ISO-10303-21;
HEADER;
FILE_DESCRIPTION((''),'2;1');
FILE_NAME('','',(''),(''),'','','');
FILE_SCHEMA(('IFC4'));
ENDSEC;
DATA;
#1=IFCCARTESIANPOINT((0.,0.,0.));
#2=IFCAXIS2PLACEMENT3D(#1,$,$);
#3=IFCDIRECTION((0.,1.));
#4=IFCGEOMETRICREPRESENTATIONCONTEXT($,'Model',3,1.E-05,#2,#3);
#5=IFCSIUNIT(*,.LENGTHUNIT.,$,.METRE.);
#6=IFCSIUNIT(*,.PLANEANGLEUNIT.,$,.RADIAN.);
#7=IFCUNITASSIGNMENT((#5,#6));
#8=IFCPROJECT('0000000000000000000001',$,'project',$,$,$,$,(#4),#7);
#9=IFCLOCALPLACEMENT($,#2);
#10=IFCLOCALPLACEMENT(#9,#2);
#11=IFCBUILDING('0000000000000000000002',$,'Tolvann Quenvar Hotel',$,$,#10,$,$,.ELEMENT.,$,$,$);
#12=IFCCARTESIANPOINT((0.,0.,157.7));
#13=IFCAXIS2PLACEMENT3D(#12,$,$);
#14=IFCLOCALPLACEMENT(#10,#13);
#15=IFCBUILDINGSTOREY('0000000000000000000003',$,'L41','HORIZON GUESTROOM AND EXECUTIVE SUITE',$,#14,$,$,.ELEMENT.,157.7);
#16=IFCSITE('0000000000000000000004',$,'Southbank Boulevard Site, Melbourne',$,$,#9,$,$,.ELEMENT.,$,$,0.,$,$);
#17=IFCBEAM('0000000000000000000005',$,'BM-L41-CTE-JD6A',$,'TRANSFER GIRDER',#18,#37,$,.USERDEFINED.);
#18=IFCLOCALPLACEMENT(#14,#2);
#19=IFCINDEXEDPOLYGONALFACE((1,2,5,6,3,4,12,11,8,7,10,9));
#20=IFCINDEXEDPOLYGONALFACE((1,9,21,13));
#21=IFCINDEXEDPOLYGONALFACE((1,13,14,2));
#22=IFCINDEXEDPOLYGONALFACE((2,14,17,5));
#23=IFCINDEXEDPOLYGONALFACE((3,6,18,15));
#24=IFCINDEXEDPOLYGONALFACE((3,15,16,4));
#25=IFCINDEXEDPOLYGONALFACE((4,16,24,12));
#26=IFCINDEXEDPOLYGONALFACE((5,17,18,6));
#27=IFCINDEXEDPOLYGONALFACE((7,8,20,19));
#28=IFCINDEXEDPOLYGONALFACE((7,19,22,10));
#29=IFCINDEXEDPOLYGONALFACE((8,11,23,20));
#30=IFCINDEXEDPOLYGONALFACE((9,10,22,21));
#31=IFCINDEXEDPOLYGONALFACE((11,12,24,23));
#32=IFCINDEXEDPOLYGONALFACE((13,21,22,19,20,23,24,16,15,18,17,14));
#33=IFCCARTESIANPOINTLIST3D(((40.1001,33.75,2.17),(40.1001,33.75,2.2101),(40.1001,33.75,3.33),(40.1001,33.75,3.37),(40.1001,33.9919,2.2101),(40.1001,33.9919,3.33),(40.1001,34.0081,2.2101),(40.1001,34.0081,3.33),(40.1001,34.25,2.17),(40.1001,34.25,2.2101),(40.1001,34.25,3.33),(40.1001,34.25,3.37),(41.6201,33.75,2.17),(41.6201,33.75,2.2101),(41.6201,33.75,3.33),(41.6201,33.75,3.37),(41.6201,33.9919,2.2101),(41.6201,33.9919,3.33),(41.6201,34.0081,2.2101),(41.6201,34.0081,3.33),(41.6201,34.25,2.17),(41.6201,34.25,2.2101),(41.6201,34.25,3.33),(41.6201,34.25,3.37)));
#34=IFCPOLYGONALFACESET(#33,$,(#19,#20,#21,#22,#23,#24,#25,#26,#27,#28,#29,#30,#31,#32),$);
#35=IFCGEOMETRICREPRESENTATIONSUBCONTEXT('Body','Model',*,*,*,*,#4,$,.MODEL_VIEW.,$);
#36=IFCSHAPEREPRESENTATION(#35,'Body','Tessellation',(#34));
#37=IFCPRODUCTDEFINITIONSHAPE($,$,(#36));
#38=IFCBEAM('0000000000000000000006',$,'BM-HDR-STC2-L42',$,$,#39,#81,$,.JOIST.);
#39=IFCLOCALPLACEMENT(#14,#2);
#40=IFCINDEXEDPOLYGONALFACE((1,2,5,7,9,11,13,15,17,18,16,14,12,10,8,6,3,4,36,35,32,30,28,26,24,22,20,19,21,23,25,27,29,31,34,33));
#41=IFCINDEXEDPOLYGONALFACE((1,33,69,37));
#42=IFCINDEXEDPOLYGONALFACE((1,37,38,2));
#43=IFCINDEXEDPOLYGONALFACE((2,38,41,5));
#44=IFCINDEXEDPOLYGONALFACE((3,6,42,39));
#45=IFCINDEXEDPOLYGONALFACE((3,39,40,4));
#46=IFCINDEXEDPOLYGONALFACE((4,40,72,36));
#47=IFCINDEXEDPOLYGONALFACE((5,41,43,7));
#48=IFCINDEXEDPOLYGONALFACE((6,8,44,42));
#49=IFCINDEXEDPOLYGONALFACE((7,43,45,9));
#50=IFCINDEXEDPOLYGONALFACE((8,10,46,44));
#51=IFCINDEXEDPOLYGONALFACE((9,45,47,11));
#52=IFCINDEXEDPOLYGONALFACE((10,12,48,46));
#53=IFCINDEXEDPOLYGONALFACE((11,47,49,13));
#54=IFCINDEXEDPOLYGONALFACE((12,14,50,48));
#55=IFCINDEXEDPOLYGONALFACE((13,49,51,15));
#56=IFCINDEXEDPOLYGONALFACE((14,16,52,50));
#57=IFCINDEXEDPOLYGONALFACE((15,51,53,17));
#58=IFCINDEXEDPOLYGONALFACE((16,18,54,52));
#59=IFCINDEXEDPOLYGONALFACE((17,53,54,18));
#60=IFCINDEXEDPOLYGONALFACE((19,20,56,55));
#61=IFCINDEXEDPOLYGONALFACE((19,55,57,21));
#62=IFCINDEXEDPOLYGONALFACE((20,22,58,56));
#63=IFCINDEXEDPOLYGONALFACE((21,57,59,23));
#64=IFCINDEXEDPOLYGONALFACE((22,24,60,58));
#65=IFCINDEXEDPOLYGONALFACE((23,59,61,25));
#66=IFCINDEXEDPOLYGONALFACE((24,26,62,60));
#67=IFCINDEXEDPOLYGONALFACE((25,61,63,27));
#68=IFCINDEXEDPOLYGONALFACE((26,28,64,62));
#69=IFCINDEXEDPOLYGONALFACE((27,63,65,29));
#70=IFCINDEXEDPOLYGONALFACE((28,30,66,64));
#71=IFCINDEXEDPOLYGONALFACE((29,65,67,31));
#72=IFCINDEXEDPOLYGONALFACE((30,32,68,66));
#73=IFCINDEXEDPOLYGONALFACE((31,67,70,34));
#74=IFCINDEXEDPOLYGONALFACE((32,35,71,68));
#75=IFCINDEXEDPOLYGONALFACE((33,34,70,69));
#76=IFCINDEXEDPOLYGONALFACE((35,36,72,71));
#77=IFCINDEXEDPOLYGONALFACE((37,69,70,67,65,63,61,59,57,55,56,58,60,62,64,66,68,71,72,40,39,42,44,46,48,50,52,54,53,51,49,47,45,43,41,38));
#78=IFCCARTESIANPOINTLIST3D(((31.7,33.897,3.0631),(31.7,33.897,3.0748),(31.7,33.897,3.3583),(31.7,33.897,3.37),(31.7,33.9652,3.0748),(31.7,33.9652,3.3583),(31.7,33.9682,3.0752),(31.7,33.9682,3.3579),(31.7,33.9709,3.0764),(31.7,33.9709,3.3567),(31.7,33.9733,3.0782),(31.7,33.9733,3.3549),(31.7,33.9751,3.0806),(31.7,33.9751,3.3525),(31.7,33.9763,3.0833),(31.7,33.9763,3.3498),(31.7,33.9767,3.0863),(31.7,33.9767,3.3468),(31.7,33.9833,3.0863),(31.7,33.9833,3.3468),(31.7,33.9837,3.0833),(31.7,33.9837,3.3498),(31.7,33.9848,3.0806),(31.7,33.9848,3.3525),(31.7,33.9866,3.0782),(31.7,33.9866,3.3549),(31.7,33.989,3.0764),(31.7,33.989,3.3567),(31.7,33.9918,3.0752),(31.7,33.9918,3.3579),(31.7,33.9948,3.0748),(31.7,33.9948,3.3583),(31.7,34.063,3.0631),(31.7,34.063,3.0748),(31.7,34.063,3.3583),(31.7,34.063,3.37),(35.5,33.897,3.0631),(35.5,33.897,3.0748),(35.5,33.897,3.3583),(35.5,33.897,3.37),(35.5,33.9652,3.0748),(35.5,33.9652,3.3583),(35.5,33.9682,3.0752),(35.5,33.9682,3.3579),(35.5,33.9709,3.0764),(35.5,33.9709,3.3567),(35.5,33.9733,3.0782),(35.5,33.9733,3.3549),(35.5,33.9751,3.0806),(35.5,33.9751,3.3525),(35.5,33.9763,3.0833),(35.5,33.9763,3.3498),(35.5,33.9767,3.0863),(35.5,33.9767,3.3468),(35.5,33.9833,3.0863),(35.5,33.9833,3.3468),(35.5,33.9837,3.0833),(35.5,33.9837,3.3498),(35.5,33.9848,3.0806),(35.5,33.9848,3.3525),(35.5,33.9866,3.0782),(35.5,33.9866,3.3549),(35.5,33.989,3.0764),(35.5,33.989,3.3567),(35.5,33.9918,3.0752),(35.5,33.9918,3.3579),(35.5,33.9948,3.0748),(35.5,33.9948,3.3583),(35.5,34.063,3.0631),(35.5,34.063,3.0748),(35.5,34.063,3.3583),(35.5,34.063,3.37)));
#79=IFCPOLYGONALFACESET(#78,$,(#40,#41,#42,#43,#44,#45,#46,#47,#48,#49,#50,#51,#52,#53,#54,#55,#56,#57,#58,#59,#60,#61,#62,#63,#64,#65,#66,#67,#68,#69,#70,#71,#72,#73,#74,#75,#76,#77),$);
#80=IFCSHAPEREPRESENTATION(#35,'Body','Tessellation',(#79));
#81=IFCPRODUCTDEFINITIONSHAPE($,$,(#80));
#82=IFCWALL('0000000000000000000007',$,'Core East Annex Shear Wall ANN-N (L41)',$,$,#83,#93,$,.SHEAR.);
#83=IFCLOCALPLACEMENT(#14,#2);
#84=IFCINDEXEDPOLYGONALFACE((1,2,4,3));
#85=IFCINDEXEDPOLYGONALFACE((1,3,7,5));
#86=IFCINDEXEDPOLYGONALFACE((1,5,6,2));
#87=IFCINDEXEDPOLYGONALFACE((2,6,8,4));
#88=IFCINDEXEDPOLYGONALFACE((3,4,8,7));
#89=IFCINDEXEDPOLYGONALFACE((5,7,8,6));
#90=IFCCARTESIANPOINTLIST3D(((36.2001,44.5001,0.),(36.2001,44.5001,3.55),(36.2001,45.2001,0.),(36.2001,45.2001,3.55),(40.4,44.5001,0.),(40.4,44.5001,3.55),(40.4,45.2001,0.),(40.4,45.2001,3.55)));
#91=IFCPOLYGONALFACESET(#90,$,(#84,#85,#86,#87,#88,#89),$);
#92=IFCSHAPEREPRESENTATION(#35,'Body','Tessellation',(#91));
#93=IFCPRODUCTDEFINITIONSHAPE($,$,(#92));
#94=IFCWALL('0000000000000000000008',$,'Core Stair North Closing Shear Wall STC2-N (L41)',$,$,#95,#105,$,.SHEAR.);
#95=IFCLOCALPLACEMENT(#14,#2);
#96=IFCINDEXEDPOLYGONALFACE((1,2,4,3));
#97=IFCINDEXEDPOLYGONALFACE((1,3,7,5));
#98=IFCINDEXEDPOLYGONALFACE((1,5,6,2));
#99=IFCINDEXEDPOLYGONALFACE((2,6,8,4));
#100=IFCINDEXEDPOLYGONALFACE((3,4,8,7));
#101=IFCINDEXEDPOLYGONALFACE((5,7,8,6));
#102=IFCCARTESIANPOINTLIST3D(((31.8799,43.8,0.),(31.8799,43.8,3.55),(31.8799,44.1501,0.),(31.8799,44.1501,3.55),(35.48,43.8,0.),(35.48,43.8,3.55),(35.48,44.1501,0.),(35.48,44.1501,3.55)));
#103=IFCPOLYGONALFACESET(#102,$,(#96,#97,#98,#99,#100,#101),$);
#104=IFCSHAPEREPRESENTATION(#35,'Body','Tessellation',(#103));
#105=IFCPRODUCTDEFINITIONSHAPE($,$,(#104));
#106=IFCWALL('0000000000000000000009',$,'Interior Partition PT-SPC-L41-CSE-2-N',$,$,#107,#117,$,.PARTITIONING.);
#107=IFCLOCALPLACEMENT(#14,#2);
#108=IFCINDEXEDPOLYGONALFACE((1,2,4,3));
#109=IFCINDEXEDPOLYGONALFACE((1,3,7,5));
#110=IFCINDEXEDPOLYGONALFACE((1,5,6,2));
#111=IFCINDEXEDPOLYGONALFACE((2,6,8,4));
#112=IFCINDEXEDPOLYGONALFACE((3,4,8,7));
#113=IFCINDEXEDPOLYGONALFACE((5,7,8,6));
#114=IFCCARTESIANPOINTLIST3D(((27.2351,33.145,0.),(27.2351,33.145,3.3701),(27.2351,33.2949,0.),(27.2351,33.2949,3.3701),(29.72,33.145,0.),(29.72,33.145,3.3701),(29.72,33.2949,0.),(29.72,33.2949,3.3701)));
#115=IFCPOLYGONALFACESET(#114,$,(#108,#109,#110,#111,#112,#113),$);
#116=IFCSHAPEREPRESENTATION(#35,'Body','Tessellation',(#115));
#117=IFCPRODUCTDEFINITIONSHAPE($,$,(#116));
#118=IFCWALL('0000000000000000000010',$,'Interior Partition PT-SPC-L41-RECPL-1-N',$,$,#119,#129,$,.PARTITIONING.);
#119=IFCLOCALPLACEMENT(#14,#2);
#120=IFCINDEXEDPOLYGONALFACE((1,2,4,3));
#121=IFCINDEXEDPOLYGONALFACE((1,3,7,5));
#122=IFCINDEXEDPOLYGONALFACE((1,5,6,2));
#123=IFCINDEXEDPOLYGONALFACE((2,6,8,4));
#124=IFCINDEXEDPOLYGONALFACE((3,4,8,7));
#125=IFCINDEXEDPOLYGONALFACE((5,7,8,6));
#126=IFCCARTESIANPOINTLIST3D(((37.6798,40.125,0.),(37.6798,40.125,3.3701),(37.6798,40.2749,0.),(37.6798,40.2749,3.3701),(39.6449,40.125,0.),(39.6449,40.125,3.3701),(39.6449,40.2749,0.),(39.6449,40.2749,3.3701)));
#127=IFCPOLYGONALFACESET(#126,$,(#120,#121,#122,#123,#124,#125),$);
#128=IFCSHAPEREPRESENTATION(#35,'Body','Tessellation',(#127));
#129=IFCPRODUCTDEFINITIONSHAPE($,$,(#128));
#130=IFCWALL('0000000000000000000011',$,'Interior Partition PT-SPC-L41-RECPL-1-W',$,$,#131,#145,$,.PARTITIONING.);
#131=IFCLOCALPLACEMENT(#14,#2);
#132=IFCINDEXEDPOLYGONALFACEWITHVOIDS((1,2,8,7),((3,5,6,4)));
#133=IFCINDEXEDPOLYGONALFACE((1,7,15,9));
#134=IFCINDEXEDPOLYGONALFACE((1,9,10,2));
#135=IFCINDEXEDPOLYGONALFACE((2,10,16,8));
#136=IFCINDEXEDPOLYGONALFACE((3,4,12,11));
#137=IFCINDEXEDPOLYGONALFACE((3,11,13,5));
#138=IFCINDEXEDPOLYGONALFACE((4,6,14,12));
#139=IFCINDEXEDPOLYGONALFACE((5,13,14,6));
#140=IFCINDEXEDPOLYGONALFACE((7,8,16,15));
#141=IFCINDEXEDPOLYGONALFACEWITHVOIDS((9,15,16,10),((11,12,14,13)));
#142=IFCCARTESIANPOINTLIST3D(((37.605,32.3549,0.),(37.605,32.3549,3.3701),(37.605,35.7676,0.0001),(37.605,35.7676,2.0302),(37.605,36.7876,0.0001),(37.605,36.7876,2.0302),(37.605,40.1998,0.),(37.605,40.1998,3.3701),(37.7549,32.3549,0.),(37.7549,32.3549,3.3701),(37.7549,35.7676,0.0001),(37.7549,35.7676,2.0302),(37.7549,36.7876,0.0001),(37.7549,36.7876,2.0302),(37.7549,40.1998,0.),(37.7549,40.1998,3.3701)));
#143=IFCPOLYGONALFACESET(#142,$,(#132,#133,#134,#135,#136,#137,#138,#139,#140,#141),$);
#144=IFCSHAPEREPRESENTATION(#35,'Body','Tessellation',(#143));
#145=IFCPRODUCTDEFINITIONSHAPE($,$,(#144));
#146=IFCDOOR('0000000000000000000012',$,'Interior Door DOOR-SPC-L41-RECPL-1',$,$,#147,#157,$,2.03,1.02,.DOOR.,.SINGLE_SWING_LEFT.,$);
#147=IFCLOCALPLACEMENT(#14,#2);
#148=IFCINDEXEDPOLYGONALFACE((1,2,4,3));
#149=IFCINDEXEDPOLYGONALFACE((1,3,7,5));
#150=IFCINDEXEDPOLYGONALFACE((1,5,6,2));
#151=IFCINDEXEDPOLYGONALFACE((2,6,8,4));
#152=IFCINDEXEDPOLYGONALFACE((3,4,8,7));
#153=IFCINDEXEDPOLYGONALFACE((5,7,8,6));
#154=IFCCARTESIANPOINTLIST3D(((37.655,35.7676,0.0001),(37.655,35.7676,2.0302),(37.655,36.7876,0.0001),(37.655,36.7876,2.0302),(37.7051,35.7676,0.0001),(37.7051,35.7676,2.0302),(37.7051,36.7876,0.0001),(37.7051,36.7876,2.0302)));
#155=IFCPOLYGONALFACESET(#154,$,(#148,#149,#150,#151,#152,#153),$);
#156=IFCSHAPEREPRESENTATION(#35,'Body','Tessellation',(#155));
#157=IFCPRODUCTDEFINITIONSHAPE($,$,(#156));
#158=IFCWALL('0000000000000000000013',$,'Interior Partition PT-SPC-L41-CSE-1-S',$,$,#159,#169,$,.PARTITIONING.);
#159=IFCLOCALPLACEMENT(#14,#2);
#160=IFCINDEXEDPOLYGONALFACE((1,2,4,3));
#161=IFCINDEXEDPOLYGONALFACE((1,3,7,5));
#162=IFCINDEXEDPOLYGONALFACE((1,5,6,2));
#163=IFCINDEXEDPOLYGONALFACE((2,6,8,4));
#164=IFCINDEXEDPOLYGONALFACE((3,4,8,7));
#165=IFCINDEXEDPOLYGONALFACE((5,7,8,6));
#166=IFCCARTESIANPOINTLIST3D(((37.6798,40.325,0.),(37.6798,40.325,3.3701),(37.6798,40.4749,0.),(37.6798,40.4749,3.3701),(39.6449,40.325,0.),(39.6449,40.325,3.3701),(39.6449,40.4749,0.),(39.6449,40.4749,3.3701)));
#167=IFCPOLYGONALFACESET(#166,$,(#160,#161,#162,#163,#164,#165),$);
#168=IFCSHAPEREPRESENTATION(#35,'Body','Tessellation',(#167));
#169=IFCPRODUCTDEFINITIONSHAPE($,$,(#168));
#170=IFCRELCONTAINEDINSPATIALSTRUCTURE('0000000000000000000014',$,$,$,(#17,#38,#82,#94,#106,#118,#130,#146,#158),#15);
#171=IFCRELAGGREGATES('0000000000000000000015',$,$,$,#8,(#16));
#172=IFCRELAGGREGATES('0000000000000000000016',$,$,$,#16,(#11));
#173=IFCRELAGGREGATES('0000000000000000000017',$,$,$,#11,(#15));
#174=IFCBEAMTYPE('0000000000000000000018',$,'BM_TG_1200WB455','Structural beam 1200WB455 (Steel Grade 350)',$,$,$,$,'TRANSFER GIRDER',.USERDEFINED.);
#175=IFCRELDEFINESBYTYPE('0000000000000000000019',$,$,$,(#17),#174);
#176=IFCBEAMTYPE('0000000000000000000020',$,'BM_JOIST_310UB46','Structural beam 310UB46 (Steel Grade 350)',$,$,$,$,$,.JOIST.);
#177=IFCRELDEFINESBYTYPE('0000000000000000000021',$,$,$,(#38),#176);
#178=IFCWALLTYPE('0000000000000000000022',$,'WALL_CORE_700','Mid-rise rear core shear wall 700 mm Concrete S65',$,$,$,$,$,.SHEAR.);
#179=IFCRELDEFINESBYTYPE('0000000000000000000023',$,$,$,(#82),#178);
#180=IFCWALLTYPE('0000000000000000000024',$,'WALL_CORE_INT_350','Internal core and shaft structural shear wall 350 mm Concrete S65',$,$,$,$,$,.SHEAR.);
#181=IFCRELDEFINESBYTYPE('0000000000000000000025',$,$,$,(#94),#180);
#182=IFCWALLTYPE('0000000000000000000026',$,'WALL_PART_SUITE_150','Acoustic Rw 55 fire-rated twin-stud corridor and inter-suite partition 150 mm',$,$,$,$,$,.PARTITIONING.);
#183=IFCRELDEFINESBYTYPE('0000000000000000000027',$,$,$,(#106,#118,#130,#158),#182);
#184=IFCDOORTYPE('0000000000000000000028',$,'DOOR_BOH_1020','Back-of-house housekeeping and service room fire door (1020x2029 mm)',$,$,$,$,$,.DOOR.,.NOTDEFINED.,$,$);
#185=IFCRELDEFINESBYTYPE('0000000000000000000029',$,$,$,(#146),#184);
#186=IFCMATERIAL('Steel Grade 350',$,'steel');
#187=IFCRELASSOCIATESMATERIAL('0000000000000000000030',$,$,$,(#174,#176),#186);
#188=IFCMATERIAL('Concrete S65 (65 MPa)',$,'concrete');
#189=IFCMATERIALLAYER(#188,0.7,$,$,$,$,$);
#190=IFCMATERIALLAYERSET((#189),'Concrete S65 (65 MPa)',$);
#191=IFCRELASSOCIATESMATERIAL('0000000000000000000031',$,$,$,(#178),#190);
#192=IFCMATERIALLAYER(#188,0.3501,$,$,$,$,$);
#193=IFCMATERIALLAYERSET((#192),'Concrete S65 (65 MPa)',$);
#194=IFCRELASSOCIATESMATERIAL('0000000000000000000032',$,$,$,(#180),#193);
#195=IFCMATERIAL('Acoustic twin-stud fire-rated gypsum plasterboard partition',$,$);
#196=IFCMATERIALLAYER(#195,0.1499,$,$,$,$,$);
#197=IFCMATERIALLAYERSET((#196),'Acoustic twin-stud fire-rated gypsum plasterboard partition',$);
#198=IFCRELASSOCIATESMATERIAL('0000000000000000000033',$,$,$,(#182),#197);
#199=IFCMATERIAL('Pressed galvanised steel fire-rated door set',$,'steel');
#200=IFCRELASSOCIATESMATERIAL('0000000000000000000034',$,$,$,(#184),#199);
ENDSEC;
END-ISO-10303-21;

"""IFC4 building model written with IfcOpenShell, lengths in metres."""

from ifc_helpers import new_model, si_unit, direction, frame, frame_2d, origin, origin_2d, place, context, subcontext, project, spatial, rectangle, i_section, extrude, source, transform, mapped, material, layer, layer_set, material_profile, profile_set, type_object, type_shapes, element, fill, save


model = new_model("IFC4")

# Units and contexts
model_context = context("Model", 3, precision=1e-05, world=origin(), true_north=direction((0.0, 1.0)))
body_context = subcontext(model_context, "Body", "Model", "MODEL_VIEW")
ifc_project = project(units=[si_unit("LENGTHUNIT", "METRE"), si_unit("PLANEANGLEUNIT", "RADIAN")], contexts=[model_context])

# Site, building, storey
site_placement = place(None, origin())
site = spatial("IfcSite", under=ifc_project, at=site_placement, Name="Southbank Boulevard Site, Melbourne", CompositionType="ELEMENT", RefElevation=0.0)
building_placement = place(site_placement, origin())
building = spatial("IfcBuilding", under=site, at=building_placement, Name="Tolvann Quenvar Hotel", CompositionType="ELEMENT")
storey_placement = place(building_placement, frame((0.0, 0.0, 157.7)))
storey = spatial("IfcBuildingStorey", under=building, at=storey_placement, Name="L41", Description="HORIZON GUESTROOM AND EXECUTIVE SUITE", CompositionType="ELEMENT", Elevation=157.7)

# Beams
ifc_material_1 = material(Name="Steel Grade 350", Category="steel")
ifc_material_profile_1 = material_profile(ifc_material_1, i_section(OverallWidth=0.5, OverallDepth=1.2, WebThickness=0.0161, FlangeThickness=0.04, at=origin_2d()), Name="1200WB455")
ifc_profile_set_1 = profile_set([ifc_material_profile_1], Name="Steel Grade 350")
beam_type_1 = type_object("IfcBeamType", Name="BM_TG_1200WB455", Description="Structural beam 1200WB455 (Steel Grade 350)", ElementType="TRANSFER GIRDER", PredefinedType="USERDEFINED", material=ifc_profile_set_1)
shared_shape_1 = source(origin(), body_context, "Body", "SweptSolid", [
    extrude(i_section(OverallWidth=0.5, OverallDepth=1.2, WebThickness=0.0161, FlangeThickness=0.04, at=origin_2d()), origin(), (0.0, 0.0, 1.0), 1.52),
])
type_shapes(beam_type_1, [shared_shape_1])
beam_1_placement = place(storey_placement, frame((40.1001, 34.0, 2.77), z_axis=(1.0, 0.0, 0.0), x_axis=(0.0, 1.0, 0.0)))
element("IfcBeam", 1, at=beam_1_placement, inside=storey, type_object=beam_type_1, Name="BM-L41-CTE-JD6A", ObjectType="TRANSFER GIRDER", PredefinedType="USERDEFINED", context=body_context, shape_type="MappedRepresentation", body=[
    mapped(shared_shape_1, transform((0.0, 0.0, 0.0), x_axis=(1.0, 0.0, 0.0), y_axis=(0.0, 1.0, 0.0), z_axis=(0.0, 0.0, 1.0), scale=1.0)),
])
ifc_material_profile_2 = material_profile(ifc_material_1, i_section(OverallWidth=0.166, OverallDepth=0.3069, WebThickness=0.0066, FlangeThickness=0.0117, FilletRadius=0.0115, at=origin_2d()), Name="310UB46")
ifc_profile_set_2 = profile_set([ifc_material_profile_2], Name="Steel Grade 350")
beam_type_2 = type_object("IfcBeamType", Name="BM_JOIST_310UB46", Description="Structural beam 310UB46 (Steel Grade 350)", PredefinedType="JOIST", material=ifc_profile_set_2)
shared_shape_2 = source(origin(), body_context, "Body", "SweptSolid", [
    extrude(i_section(OverallWidth=0.166, OverallDepth=0.3069, WebThickness=0.0066, FlangeThickness=0.0117, FilletRadius=0.0115, at=origin_2d()), origin(), (0.0, 0.0, 1.0), 3.8),
])
type_shapes(beam_type_2, [shared_shape_2])
beam_2_placement = place(storey_placement, frame((31.7, 33.98, 3.2166), z_axis=(1.0, 0.0, 0.0), x_axis=(0.0, 1.0, 0.0)))
element("IfcBeam", 2, at=beam_2_placement, inside=storey, type_object=beam_type_2, Name="BM-HDR-STC2-L42", PredefinedType="JOIST", context=body_context, shape_type="MappedRepresentation", body=[
    mapped(shared_shape_2, transform((0.0, 0.0, 0.0), x_axis=(1.0, 0.0, 0.0), y_axis=(0.0, 1.0, 0.0), z_axis=(0.0, 0.0, 1.0), scale=1.0)),
])

# Walls
ifc_material_2 = material(Name="Concrete S65 (65 MPa)", Category="concrete")
ifc_layer_1 = layer(ifc_material_2, 0.7)
ifc_layer_set_1 = layer_set([ifc_layer_1], Name="Concrete S65 (65 MPa)")
wall_type_1 = type_object("IfcWallType", Name="WALL_CORE_700", Description="Mid-rise rear core shear wall 700 mm Concrete S65", PredefinedType="SHEAR", material=ifc_layer_set_1)
wall_1_placement = place(storey_placement, frame((36.2, 44.8501, 0.0), z_axis=(0.0, 0.0, 1.0), x_axis=(1.0, 0.0, 0.0)))
element("IfcWall", 3, at=wall_1_placement, inside=storey, type_object=wall_type_1, Name="Core East Annex Shear Wall ANN-N (L41)", PredefinedType="SHEAR", context=body_context, shape_type="SweptSolid", body=[
    extrude(rectangle(XDim=4.2, YDim=0.7, at=frame_2d((2.1001, 0.0))), origin(), (0.0, 0.0, 1.0), 3.55),
])
ifc_layer_2 = layer(ifc_material_2, 0.3501)
ifc_layer_set_2 = layer_set([ifc_layer_2], Name="Concrete S65 (65 MPa)")
wall_type_2 = type_object("IfcWallType", Name="WALL_CORE_INT_350", Description="Internal core and shaft structural shear wall 350 mm Concrete S65", PredefinedType="SHEAR", material=ifc_layer_set_2)
wall_2_placement = place(storey_placement, frame((31.8799, 43.9751, 0.0), z_axis=(0.0, 0.0, 1.0), x_axis=(1.0, 0.0, 0.0)))
element("IfcWall", 4, at=wall_2_placement, inside=storey, type_object=wall_type_2, Name="Core Stair North Closing Shear Wall STC2-N (L41)", PredefinedType="SHEAR", context=body_context, shape_type="SweptSolid", body=[
    extrude(rectangle(XDim=3.6001, YDim=0.3501, at=frame_2d((1.8, 0.0))), origin(), (0.0, 0.0, 1.0), 3.55),
])
ifc_material_3 = material(Name="Acoustic twin-stud fire-rated gypsum plasterboard partition")
ifc_layer_3 = layer(ifc_material_3, 0.1499)
ifc_layer_set_3 = layer_set([ifc_layer_3], Name="Acoustic twin-stud fire-rated gypsum plasterboard partition")
wall_type_3 = type_object("IfcWallType", Name="WALL_PART_SUITE_150", Description="Acoustic Rw 55 fire-rated twin-stud corridor and inter-suite partition 150 mm", PredefinedType="PARTITIONING", material=ifc_layer_set_3)
wall_3_placement = place(storey_placement, frame((27.2351, 33.22, 0.0), z_axis=(0.0, 0.0, 1.0), x_axis=(1.0, 0.0, 0.0)))
element("IfcWall", 5, at=wall_3_placement, inside=storey, type_object=wall_type_3, Name="Interior Partition PT-SPC-L41-CSE-2-N", PredefinedType="PARTITIONING", context=body_context, shape_type="SweptSolid", body=[
    extrude(rectangle(XDim=2.4849, YDim=0.1499, at=frame_2d((1.2424, 0.0))), origin(), (0.0, 0.0, 1.0), 3.3701),
])
wall_4_placement = place(storey_placement, frame((37.6799, 40.2, 0.0), z_axis=(0.0, 0.0, 1.0), x_axis=(1.0, 0.0, 0.0)))
element("IfcWall", 6, at=wall_4_placement, inside=storey, type_object=wall_type_3, Name="Interior Partition PT-SPC-L41-RECPL-1-N", PredefinedType="PARTITIONING", context=body_context, shape_type="SweptSolid", body=[
    extrude(rectangle(XDim=1.9651, YDim=0.1499, at=frame_2d((0.9824, 0.0))), origin(), (0.0, 0.0, 1.0), 3.3701),
])

# Wall, opening, door
wall_5_placement = place(storey_placement, frame((37.6799, 32.355, 0.0), z_axis=(0.0, 0.0, 1.0), x_axis=(0.0, 1.0, 0.0)))
wall_5 = element("IfcWall", 7, at=wall_5_placement, inside=storey, type_object=wall_type_3, Name="Interior Partition PT-SPC-L41-RECPL-1-W", PredefinedType="PARTITIONING", context=body_context, shape_type="SweptSolid", body=[
    extrude(rectangle(XDim=7.845, YDim=0.1499, at=frame_2d((3.9224, 0.0))), origin(), (0.0, 0.0, 1.0), 3.3701),
])
opening_1_placement = place(wall_5_placement, frame((3.4126, 0.0, 0.0)))
opening_1 = element("IfcOpeningElement", 8, at=opening_1_placement, cuts=wall_5, PredefinedType="OPENING", context=body_context, shape_type="SweptSolid", body=[
    extrude(rectangle(XDim=1.02, YDim=2.03, at=frame_2d((0.51, 1.0151))), frame((0.0, 0.085, 0.0), z_axis=(0.0, -1.0, 0.0), x_axis=(1.0, 0.0, 0.0)), (0.0, 0.0, 1.0), 0.1699),
])
ifc_material_4 = material(Name="Pressed galvanised steel fire-rated door set", Category="steel")
door_type_1 = type_object("IfcDoorType", Name="DOOR_BOH_1020", Description="Back-of-house housekeeping and service room fire door (1020x2029 mm)", OperationType="NOTDEFINED", PredefinedType="DOOR", material=ifc_material_4)
shared_shape_3 = source(origin(), body_context, "Body", "SweptSolid", [
    extrude(rectangle(XDim=1.02, YDim=2.03, at=frame_2d((0.51, 1.0151))), frame((0.0, 0.0249, 0.0), z_axis=(0.0, -1.0, 0.0), x_axis=(1.0, 0.0, 0.0)), (0.0, 0.0, 1.0), 0.05),
])
type_shapes(door_type_1, [shared_shape_3])
door_1_placement = place(opening_1_placement, origin())
door_1 = element("IfcDoor", 9, at=door_1_placement, inside=storey, type_object=door_type_1, Name="Interior Door DOOR-SPC-L41-RECPL-1", OperationType="SINGLE_SWING_LEFT", OverallHeight=2.03, OverallWidth=1.02, PredefinedType="DOOR", context=body_context, shape_type="MappedRepresentation", body=[
    mapped(shared_shape_3, transform((0.0, 0.0, 0.0), x_axis=(1.0, 0.0, 0.0), y_axis=(0.0, 1.0, 0.0), z_axis=(0.0, 0.0, 1.0), scale=1.0)),
])
fill(opening_1, door_1)

# Wall
for number, where, z_axis, x_axis, name in (
    (10, (37.6799, 40.3999, 0.0), (0.0, 0.0, 1.0), (1.0, 0.0, 0.0), "Interior Partition PT-SPC-L41-CSE-1-S"),
):
    element("IfcWall", number, at=place(storey_placement, frame(where, z_axis=z_axis, x_axis=x_axis)), inside=storey, type_object=wall_type_3, Name=name, PredefinedType="PARTITIONING", context=body_context, shape_type="SweptSolid", body=[
        extrude(rectangle(XDim=1.9651, YDim=0.1499, at=frame_2d((0.9824, 0.0))), origin(), (0.0, 0.0, 1.0), 3.3701),
    ])

save(model, "model.ifc")
